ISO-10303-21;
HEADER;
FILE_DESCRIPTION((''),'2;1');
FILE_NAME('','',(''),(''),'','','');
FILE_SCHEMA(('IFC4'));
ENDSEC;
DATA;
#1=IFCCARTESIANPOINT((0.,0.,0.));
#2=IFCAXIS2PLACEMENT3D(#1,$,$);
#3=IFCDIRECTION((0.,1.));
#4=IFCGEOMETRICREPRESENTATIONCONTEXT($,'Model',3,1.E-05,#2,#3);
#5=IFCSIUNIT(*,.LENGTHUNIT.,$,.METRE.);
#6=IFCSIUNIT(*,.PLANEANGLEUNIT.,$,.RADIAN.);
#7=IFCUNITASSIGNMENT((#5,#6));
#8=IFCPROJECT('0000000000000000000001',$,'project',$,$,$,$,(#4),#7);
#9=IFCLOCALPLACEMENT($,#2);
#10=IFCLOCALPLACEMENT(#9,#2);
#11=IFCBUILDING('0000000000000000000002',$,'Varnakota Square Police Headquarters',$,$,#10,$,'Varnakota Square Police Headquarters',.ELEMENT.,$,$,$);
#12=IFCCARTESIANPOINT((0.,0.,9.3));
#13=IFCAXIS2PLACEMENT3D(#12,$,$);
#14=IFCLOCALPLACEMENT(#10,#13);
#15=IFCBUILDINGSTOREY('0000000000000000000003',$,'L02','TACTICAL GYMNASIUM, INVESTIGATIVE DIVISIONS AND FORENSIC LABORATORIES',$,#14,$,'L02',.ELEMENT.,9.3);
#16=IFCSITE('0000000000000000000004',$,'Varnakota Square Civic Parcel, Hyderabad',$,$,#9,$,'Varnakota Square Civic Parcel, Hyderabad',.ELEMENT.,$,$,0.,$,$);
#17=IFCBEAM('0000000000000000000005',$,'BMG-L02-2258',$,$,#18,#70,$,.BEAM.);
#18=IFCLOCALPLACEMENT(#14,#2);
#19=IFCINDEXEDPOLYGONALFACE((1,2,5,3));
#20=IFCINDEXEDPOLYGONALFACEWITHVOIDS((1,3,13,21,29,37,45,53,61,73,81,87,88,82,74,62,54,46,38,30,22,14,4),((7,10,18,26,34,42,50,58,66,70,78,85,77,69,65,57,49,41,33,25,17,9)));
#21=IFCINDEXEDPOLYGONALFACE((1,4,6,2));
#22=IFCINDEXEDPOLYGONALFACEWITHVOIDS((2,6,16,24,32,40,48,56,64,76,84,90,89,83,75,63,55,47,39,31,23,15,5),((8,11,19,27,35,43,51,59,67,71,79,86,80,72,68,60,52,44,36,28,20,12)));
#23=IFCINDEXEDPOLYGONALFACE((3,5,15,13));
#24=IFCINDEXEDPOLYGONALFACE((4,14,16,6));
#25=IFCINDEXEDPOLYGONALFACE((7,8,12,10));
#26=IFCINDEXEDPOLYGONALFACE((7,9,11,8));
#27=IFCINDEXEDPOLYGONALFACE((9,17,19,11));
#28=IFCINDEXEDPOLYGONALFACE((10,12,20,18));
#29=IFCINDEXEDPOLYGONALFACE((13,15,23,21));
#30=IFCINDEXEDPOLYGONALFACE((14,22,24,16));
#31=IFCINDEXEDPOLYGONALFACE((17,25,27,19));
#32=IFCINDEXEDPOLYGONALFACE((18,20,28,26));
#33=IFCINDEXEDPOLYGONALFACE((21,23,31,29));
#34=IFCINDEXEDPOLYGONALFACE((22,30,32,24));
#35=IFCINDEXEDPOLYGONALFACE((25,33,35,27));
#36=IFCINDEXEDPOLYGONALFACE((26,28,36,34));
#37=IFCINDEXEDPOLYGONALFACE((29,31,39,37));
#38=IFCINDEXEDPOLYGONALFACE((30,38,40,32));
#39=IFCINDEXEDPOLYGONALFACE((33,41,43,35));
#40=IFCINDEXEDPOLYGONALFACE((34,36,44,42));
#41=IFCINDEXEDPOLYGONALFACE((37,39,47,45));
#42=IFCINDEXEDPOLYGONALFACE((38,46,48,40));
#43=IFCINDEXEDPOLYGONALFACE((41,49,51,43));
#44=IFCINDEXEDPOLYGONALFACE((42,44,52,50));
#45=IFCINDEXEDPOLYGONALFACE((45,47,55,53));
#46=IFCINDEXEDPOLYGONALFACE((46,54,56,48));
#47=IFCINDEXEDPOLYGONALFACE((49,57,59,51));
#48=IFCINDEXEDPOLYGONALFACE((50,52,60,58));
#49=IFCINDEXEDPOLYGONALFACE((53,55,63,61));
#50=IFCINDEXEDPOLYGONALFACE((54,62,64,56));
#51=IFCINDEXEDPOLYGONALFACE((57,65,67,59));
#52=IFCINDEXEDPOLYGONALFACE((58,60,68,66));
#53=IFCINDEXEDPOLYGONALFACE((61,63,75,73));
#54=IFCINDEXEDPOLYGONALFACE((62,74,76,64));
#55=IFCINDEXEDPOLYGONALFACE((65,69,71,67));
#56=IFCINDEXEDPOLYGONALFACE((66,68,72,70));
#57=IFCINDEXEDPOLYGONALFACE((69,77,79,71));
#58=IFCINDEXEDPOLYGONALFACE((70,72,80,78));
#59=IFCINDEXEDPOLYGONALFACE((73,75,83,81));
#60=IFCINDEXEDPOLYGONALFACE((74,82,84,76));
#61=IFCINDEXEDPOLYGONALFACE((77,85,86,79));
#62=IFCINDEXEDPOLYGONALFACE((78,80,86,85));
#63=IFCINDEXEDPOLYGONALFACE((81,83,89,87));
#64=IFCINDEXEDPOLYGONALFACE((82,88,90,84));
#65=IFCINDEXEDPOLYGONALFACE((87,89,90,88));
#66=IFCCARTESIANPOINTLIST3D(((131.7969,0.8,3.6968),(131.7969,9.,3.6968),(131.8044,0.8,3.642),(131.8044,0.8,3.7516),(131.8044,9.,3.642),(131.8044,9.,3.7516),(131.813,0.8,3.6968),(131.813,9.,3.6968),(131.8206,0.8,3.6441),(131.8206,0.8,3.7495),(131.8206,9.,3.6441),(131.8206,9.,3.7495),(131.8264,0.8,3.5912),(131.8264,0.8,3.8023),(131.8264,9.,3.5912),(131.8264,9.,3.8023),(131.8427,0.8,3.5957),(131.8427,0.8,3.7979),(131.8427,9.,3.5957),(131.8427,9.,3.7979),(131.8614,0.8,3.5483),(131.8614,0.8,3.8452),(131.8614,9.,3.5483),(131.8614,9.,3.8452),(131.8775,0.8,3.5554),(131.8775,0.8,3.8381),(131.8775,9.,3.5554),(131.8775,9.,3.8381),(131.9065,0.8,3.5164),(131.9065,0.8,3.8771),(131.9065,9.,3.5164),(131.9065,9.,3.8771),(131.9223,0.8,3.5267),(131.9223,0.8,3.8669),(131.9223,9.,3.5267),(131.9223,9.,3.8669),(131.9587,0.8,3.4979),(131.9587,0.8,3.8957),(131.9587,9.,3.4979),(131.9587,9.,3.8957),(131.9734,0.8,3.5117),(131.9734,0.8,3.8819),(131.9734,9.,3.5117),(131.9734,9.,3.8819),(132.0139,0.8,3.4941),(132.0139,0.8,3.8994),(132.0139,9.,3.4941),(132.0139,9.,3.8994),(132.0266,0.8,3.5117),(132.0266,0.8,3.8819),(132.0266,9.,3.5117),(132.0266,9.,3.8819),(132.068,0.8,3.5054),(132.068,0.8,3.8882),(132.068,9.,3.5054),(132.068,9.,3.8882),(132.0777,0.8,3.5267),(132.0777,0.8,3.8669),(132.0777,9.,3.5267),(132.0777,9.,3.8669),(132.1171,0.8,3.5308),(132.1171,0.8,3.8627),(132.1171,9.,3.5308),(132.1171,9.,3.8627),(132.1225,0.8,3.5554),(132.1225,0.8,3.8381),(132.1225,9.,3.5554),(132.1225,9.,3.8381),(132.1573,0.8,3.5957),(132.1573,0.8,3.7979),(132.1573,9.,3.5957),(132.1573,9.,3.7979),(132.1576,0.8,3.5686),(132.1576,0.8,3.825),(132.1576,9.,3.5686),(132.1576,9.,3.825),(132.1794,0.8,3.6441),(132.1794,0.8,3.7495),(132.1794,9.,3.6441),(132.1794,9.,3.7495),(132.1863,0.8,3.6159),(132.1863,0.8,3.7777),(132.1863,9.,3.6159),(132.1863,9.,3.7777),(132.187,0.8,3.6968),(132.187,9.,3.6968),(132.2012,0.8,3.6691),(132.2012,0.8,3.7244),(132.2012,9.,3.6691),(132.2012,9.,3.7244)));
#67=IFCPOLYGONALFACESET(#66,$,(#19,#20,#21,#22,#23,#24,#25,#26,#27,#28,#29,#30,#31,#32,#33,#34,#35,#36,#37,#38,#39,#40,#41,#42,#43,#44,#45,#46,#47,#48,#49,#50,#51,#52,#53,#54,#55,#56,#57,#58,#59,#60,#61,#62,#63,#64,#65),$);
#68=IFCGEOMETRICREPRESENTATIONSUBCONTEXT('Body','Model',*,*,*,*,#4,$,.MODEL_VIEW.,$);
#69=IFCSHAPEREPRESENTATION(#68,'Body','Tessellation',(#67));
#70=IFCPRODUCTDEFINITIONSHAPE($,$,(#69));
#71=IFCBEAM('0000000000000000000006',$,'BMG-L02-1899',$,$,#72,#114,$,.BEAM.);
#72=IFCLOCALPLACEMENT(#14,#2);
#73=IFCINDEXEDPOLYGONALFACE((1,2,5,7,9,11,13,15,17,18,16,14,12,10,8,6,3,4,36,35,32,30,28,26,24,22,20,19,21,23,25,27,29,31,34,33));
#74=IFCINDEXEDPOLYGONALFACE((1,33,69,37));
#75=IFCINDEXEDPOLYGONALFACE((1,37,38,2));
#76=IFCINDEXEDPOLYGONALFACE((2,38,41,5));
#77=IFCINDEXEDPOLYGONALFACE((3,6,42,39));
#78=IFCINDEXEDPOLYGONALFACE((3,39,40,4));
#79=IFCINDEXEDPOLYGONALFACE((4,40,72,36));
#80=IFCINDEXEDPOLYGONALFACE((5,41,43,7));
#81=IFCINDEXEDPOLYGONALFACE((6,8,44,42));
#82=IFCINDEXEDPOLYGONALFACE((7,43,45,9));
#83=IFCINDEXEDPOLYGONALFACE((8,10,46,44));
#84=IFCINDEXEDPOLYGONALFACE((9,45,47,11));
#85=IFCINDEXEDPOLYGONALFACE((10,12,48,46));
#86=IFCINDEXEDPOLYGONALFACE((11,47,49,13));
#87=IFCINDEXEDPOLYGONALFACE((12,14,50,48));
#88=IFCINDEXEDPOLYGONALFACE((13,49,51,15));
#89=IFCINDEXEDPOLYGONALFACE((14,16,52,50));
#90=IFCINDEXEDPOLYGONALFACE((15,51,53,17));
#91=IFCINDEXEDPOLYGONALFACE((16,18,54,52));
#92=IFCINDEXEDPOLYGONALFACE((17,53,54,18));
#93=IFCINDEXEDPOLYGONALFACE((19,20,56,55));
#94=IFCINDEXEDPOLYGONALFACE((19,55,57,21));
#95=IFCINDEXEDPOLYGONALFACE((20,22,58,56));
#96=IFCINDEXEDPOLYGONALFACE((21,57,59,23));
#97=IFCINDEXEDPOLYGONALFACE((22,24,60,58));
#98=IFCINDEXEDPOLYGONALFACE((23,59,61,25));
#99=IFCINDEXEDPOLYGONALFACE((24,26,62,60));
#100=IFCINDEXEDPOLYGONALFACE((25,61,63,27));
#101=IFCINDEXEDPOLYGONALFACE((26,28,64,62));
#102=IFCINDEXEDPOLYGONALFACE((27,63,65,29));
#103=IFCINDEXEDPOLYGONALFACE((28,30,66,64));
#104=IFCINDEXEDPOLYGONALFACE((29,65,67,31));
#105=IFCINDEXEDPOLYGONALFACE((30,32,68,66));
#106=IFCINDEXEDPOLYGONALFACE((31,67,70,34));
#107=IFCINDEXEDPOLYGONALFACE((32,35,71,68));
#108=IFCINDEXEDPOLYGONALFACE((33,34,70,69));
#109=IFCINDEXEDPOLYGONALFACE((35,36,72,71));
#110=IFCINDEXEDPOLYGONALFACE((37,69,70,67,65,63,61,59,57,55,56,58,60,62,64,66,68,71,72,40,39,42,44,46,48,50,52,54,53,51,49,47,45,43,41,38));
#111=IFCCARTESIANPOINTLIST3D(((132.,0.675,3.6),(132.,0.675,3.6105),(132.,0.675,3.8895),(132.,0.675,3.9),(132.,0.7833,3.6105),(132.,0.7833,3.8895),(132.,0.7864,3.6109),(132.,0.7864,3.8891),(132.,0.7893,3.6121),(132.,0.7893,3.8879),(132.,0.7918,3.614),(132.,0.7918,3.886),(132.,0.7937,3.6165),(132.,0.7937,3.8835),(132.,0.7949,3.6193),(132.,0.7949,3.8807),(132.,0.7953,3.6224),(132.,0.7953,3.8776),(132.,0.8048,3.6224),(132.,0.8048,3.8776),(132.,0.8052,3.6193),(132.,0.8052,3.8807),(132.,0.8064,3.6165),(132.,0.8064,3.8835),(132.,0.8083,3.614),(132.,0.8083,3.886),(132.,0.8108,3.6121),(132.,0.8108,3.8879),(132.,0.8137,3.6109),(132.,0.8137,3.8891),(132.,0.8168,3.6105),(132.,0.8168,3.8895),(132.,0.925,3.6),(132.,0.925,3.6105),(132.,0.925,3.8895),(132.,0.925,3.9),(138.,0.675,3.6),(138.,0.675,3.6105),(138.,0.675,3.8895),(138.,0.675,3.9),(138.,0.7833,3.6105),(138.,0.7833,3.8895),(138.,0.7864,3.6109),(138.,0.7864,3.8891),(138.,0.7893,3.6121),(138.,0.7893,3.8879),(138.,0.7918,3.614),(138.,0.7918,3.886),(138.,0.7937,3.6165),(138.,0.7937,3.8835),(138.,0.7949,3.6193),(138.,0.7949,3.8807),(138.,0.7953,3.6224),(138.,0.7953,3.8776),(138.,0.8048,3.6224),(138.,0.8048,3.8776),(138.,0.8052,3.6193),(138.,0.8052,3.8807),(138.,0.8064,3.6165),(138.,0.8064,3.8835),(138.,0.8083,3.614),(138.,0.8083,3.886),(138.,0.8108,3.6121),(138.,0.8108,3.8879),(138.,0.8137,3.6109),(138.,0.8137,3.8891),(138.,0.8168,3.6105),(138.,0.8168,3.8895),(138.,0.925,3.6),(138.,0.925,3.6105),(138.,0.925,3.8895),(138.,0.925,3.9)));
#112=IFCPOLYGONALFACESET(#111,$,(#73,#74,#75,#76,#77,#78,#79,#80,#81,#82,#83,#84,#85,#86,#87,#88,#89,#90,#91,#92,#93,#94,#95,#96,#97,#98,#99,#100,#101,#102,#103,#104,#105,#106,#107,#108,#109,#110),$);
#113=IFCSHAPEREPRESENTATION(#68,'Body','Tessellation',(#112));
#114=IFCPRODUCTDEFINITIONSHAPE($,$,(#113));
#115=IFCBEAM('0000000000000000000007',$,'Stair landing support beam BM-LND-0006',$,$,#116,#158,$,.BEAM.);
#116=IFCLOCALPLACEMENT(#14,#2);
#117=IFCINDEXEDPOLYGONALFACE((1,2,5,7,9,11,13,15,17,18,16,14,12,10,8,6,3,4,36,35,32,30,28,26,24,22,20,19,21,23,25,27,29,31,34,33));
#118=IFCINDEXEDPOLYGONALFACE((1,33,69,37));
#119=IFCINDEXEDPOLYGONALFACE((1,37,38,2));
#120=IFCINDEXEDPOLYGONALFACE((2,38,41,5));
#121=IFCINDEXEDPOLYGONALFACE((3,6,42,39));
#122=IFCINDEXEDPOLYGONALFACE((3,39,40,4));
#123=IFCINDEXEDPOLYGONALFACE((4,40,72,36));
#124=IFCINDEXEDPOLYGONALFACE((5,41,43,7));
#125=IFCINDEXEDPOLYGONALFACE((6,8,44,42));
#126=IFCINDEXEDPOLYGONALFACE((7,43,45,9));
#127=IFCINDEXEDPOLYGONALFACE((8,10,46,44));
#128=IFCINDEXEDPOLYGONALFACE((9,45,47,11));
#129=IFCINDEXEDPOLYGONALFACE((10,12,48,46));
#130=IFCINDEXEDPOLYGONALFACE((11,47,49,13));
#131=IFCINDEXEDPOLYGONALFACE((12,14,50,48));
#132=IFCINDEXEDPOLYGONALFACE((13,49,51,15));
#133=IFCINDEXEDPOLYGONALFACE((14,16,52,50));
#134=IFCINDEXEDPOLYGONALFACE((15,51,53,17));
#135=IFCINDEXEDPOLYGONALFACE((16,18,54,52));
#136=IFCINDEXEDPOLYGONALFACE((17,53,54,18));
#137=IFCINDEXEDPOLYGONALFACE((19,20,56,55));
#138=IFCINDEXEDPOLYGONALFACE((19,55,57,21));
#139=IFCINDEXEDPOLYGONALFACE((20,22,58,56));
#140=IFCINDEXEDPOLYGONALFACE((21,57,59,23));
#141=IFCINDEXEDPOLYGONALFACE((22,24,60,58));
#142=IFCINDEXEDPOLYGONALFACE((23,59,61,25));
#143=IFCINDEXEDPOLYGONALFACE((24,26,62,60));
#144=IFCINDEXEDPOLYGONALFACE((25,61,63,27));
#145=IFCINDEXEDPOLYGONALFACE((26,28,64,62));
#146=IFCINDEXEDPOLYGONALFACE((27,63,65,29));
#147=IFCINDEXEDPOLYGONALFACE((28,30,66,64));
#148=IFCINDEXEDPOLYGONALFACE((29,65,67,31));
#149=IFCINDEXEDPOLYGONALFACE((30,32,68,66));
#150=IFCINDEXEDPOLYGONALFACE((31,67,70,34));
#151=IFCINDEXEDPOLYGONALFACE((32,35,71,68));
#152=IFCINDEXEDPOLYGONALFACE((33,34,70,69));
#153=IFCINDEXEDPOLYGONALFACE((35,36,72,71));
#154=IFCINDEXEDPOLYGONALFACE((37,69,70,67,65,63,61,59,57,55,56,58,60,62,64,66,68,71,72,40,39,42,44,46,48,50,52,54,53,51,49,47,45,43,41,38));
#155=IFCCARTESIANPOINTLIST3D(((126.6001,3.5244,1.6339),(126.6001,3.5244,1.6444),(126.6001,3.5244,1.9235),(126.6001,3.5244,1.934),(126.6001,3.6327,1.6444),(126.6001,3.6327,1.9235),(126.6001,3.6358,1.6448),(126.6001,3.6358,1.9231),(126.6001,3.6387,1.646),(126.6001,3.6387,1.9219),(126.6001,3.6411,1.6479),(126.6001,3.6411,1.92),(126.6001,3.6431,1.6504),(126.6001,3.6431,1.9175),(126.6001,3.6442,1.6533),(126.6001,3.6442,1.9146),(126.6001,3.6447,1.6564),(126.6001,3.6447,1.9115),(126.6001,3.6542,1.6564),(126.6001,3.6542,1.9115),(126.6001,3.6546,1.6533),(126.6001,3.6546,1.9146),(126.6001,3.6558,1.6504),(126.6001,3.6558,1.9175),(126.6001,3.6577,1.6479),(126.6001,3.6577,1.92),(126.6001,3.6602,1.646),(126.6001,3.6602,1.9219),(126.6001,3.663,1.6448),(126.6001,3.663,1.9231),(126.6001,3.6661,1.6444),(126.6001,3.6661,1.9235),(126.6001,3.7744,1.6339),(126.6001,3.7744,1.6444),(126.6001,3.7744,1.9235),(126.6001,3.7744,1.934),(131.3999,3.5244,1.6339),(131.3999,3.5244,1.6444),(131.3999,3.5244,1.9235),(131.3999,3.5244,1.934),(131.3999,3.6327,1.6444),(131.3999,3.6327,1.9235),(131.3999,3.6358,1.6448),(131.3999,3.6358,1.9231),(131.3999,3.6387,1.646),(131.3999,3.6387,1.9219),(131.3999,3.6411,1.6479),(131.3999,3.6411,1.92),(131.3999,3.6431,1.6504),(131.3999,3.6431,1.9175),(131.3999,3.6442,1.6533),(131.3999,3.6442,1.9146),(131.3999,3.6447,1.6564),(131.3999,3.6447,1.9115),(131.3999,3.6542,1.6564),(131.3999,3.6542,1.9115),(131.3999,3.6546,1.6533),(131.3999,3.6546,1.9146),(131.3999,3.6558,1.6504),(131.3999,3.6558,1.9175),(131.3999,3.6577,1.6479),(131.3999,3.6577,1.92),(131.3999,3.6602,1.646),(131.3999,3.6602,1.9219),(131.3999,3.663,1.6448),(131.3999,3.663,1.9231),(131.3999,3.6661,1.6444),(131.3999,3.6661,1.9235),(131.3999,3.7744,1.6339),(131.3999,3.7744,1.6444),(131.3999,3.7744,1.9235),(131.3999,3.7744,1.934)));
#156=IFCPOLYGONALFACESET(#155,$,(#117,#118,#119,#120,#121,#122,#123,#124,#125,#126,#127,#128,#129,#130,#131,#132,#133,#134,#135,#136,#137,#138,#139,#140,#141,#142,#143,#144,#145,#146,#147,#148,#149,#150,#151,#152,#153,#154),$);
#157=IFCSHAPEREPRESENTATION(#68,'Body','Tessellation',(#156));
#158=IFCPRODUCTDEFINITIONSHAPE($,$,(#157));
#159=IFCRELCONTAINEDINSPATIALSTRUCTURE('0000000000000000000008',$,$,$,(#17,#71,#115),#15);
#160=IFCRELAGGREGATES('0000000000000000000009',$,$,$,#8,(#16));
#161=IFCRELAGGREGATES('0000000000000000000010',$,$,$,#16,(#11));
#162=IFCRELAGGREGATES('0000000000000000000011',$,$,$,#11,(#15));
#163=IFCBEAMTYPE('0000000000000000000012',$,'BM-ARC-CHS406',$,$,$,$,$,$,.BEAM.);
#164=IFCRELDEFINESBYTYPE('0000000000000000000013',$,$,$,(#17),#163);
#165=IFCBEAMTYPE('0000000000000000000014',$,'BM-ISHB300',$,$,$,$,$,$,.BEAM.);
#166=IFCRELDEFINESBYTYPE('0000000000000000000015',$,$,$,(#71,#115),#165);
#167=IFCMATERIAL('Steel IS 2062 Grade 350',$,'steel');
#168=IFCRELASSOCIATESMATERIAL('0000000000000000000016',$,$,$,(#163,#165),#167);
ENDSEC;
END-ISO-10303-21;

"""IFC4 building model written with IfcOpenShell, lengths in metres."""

from ifc_helpers import new_model, si_unit, direction, frame, origin, origin_2d, place, context, subcontext, project, spatial, hollow_circle, i_section, extrude, material, material_profile, profile_set, type_object, element, save


model = new_model("IFC4")

# Units and contexts
model_context = context("Model", 3, precision=1e-05, world=origin(), true_north=direction((0.0, 1.0)))
body_context = subcontext(model_context, "Body", "Model", "MODEL_VIEW")
ifc_project = project(units=[si_unit("LENGTHUNIT", "METRE"), si_unit("PLANEANGLEUNIT", "RADIAN")], contexts=[model_context])

# Site, building, storey
site_placement = place(None, origin())
site = spatial("IfcSite", under=ifc_project, at=site_placement, Name="Varnakota Square Civic Parcel, Hyderabad", LongName="Varnakota Square Civic Parcel, Hyderabad", CompositionType="ELEMENT", RefElevation=0.0)
building_placement = place(site_placement, origin())
building = spatial("IfcBuilding", under=site, at=building_placement, Name="Varnakota Square Police Headquarters", LongName="Varnakota Square Police Headquarters", CompositionType="ELEMENT")
storey_placement = place(building_placement, frame((0.0, 0.0, 9.3)))
storey = spatial("IfcBuildingStorey", under=building, at=storey_placement, Name="L02", Description="TACTICAL GYMNASIUM, INVESTIGATIVE DIVISIONS AND FORENSIC LABORATORIES", LongName="L02", CompositionType="ELEMENT", Elevation=9.3)

# Shared definitions
ifc_material_1 = material(Name="Steel IS 2062 Grade 350", Category="steel")

# Beams
ifc_material_profile_1 = material_profile(ifc_material_1, hollow_circle(Radius=0.2031, WallThickness=0.0161, at=origin_2d()), Name="CHS 406.4x16.0")
ifc_profile_set_1 = profile_set([ifc_material_profile_1], Name="Steel IS 2062 Grade 350")
beam_type_1 = type_object("IfcBeamType", Name="BM-ARC-CHS406", PredefinedType="BEAM", material=ifc_profile_set_1)
for number, where, z_axis, x_axis, name in (
    (1, (132.0, 0.8, 3.6968), (0.0, 1.0, 0.0), (-1.0, 0.0, 0.0), "BMG-L02-2258"),
):
    element("IfcBeam", number, at=place(storey_placement, frame(where, z_axis=z_axis, x_axis=x_axis)), inside=storey, type_object=beam_type_1, Name=name, PredefinedType="BEAM", context=body_context, shape_type="SweptSolid", body=[
        extrude(hollow_circle(Radius=0.2031, WallThickness=0.0161, at=origin_2d()), origin(), (0.0, 0.0, 1.0), 8.2),
    ])
ifc_material_profile_2 = material_profile(ifc_material_1, i_section(OverallWidth=0.25, OverallDepth=0.3, WebThickness=0.0095, FlangeThickness=0.0105, FilletRadius=0.012, at=origin_2d()), Name="ISHB 300")
ifc_profile_set_2 = profile_set([ifc_material_profile_2], Name="Steel IS 2062 Grade 350")
beam_type_2 = type_object("IfcBeamType", Name="BM-ISHB300", PredefinedType="BEAM", material=ifc_profile_set_2)
beam_1_placement = place(storey_placement, frame((132.0, 0.8, 3.75), z_axis=(1.0, 0.0, 0.0), x_axis=(0.0, 1.0, 0.0)))
element("IfcBeam", 2, at=beam_1_placement, inside=storey, type_object=beam_type_2, Name="BMG-L02-1899", PredefinedType="BEAM", context=body_context, shape_type="SweptSolid", body=[
    extrude(i_section(OverallWidth=0.25, OverallDepth=0.3, WebThickness=0.0095, FlangeThickness=0.0105, FilletRadius=0.012, at=origin_2d()), origin(), (0.0, 0.0, 1.0), 6.0),
])
beam_2_placement = place(storey_placement, frame((126.6001, 3.6494, 1.7839), z_axis=(1.0, 0.0, 0.0), x_axis=(0.0, 1.0, 0.0)))
element("IfcBeam", 3, at=beam_2_placement, inside=storey, type_object=beam_type_2, Name="Stair landing support beam BM-LND-0006", PredefinedType="BEAM", context=body_context, shape_type="SweptSolid", body=[
    extrude(i_section(OverallWidth=0.25, OverallDepth=0.3, WebThickness=0.0095, FlangeThickness=0.0105, FilletRadius=0.012, at=origin_2d()), origin(), (0.0, 0.0, 1.0), 4.7998),
])

save(model, "model.ifc")
